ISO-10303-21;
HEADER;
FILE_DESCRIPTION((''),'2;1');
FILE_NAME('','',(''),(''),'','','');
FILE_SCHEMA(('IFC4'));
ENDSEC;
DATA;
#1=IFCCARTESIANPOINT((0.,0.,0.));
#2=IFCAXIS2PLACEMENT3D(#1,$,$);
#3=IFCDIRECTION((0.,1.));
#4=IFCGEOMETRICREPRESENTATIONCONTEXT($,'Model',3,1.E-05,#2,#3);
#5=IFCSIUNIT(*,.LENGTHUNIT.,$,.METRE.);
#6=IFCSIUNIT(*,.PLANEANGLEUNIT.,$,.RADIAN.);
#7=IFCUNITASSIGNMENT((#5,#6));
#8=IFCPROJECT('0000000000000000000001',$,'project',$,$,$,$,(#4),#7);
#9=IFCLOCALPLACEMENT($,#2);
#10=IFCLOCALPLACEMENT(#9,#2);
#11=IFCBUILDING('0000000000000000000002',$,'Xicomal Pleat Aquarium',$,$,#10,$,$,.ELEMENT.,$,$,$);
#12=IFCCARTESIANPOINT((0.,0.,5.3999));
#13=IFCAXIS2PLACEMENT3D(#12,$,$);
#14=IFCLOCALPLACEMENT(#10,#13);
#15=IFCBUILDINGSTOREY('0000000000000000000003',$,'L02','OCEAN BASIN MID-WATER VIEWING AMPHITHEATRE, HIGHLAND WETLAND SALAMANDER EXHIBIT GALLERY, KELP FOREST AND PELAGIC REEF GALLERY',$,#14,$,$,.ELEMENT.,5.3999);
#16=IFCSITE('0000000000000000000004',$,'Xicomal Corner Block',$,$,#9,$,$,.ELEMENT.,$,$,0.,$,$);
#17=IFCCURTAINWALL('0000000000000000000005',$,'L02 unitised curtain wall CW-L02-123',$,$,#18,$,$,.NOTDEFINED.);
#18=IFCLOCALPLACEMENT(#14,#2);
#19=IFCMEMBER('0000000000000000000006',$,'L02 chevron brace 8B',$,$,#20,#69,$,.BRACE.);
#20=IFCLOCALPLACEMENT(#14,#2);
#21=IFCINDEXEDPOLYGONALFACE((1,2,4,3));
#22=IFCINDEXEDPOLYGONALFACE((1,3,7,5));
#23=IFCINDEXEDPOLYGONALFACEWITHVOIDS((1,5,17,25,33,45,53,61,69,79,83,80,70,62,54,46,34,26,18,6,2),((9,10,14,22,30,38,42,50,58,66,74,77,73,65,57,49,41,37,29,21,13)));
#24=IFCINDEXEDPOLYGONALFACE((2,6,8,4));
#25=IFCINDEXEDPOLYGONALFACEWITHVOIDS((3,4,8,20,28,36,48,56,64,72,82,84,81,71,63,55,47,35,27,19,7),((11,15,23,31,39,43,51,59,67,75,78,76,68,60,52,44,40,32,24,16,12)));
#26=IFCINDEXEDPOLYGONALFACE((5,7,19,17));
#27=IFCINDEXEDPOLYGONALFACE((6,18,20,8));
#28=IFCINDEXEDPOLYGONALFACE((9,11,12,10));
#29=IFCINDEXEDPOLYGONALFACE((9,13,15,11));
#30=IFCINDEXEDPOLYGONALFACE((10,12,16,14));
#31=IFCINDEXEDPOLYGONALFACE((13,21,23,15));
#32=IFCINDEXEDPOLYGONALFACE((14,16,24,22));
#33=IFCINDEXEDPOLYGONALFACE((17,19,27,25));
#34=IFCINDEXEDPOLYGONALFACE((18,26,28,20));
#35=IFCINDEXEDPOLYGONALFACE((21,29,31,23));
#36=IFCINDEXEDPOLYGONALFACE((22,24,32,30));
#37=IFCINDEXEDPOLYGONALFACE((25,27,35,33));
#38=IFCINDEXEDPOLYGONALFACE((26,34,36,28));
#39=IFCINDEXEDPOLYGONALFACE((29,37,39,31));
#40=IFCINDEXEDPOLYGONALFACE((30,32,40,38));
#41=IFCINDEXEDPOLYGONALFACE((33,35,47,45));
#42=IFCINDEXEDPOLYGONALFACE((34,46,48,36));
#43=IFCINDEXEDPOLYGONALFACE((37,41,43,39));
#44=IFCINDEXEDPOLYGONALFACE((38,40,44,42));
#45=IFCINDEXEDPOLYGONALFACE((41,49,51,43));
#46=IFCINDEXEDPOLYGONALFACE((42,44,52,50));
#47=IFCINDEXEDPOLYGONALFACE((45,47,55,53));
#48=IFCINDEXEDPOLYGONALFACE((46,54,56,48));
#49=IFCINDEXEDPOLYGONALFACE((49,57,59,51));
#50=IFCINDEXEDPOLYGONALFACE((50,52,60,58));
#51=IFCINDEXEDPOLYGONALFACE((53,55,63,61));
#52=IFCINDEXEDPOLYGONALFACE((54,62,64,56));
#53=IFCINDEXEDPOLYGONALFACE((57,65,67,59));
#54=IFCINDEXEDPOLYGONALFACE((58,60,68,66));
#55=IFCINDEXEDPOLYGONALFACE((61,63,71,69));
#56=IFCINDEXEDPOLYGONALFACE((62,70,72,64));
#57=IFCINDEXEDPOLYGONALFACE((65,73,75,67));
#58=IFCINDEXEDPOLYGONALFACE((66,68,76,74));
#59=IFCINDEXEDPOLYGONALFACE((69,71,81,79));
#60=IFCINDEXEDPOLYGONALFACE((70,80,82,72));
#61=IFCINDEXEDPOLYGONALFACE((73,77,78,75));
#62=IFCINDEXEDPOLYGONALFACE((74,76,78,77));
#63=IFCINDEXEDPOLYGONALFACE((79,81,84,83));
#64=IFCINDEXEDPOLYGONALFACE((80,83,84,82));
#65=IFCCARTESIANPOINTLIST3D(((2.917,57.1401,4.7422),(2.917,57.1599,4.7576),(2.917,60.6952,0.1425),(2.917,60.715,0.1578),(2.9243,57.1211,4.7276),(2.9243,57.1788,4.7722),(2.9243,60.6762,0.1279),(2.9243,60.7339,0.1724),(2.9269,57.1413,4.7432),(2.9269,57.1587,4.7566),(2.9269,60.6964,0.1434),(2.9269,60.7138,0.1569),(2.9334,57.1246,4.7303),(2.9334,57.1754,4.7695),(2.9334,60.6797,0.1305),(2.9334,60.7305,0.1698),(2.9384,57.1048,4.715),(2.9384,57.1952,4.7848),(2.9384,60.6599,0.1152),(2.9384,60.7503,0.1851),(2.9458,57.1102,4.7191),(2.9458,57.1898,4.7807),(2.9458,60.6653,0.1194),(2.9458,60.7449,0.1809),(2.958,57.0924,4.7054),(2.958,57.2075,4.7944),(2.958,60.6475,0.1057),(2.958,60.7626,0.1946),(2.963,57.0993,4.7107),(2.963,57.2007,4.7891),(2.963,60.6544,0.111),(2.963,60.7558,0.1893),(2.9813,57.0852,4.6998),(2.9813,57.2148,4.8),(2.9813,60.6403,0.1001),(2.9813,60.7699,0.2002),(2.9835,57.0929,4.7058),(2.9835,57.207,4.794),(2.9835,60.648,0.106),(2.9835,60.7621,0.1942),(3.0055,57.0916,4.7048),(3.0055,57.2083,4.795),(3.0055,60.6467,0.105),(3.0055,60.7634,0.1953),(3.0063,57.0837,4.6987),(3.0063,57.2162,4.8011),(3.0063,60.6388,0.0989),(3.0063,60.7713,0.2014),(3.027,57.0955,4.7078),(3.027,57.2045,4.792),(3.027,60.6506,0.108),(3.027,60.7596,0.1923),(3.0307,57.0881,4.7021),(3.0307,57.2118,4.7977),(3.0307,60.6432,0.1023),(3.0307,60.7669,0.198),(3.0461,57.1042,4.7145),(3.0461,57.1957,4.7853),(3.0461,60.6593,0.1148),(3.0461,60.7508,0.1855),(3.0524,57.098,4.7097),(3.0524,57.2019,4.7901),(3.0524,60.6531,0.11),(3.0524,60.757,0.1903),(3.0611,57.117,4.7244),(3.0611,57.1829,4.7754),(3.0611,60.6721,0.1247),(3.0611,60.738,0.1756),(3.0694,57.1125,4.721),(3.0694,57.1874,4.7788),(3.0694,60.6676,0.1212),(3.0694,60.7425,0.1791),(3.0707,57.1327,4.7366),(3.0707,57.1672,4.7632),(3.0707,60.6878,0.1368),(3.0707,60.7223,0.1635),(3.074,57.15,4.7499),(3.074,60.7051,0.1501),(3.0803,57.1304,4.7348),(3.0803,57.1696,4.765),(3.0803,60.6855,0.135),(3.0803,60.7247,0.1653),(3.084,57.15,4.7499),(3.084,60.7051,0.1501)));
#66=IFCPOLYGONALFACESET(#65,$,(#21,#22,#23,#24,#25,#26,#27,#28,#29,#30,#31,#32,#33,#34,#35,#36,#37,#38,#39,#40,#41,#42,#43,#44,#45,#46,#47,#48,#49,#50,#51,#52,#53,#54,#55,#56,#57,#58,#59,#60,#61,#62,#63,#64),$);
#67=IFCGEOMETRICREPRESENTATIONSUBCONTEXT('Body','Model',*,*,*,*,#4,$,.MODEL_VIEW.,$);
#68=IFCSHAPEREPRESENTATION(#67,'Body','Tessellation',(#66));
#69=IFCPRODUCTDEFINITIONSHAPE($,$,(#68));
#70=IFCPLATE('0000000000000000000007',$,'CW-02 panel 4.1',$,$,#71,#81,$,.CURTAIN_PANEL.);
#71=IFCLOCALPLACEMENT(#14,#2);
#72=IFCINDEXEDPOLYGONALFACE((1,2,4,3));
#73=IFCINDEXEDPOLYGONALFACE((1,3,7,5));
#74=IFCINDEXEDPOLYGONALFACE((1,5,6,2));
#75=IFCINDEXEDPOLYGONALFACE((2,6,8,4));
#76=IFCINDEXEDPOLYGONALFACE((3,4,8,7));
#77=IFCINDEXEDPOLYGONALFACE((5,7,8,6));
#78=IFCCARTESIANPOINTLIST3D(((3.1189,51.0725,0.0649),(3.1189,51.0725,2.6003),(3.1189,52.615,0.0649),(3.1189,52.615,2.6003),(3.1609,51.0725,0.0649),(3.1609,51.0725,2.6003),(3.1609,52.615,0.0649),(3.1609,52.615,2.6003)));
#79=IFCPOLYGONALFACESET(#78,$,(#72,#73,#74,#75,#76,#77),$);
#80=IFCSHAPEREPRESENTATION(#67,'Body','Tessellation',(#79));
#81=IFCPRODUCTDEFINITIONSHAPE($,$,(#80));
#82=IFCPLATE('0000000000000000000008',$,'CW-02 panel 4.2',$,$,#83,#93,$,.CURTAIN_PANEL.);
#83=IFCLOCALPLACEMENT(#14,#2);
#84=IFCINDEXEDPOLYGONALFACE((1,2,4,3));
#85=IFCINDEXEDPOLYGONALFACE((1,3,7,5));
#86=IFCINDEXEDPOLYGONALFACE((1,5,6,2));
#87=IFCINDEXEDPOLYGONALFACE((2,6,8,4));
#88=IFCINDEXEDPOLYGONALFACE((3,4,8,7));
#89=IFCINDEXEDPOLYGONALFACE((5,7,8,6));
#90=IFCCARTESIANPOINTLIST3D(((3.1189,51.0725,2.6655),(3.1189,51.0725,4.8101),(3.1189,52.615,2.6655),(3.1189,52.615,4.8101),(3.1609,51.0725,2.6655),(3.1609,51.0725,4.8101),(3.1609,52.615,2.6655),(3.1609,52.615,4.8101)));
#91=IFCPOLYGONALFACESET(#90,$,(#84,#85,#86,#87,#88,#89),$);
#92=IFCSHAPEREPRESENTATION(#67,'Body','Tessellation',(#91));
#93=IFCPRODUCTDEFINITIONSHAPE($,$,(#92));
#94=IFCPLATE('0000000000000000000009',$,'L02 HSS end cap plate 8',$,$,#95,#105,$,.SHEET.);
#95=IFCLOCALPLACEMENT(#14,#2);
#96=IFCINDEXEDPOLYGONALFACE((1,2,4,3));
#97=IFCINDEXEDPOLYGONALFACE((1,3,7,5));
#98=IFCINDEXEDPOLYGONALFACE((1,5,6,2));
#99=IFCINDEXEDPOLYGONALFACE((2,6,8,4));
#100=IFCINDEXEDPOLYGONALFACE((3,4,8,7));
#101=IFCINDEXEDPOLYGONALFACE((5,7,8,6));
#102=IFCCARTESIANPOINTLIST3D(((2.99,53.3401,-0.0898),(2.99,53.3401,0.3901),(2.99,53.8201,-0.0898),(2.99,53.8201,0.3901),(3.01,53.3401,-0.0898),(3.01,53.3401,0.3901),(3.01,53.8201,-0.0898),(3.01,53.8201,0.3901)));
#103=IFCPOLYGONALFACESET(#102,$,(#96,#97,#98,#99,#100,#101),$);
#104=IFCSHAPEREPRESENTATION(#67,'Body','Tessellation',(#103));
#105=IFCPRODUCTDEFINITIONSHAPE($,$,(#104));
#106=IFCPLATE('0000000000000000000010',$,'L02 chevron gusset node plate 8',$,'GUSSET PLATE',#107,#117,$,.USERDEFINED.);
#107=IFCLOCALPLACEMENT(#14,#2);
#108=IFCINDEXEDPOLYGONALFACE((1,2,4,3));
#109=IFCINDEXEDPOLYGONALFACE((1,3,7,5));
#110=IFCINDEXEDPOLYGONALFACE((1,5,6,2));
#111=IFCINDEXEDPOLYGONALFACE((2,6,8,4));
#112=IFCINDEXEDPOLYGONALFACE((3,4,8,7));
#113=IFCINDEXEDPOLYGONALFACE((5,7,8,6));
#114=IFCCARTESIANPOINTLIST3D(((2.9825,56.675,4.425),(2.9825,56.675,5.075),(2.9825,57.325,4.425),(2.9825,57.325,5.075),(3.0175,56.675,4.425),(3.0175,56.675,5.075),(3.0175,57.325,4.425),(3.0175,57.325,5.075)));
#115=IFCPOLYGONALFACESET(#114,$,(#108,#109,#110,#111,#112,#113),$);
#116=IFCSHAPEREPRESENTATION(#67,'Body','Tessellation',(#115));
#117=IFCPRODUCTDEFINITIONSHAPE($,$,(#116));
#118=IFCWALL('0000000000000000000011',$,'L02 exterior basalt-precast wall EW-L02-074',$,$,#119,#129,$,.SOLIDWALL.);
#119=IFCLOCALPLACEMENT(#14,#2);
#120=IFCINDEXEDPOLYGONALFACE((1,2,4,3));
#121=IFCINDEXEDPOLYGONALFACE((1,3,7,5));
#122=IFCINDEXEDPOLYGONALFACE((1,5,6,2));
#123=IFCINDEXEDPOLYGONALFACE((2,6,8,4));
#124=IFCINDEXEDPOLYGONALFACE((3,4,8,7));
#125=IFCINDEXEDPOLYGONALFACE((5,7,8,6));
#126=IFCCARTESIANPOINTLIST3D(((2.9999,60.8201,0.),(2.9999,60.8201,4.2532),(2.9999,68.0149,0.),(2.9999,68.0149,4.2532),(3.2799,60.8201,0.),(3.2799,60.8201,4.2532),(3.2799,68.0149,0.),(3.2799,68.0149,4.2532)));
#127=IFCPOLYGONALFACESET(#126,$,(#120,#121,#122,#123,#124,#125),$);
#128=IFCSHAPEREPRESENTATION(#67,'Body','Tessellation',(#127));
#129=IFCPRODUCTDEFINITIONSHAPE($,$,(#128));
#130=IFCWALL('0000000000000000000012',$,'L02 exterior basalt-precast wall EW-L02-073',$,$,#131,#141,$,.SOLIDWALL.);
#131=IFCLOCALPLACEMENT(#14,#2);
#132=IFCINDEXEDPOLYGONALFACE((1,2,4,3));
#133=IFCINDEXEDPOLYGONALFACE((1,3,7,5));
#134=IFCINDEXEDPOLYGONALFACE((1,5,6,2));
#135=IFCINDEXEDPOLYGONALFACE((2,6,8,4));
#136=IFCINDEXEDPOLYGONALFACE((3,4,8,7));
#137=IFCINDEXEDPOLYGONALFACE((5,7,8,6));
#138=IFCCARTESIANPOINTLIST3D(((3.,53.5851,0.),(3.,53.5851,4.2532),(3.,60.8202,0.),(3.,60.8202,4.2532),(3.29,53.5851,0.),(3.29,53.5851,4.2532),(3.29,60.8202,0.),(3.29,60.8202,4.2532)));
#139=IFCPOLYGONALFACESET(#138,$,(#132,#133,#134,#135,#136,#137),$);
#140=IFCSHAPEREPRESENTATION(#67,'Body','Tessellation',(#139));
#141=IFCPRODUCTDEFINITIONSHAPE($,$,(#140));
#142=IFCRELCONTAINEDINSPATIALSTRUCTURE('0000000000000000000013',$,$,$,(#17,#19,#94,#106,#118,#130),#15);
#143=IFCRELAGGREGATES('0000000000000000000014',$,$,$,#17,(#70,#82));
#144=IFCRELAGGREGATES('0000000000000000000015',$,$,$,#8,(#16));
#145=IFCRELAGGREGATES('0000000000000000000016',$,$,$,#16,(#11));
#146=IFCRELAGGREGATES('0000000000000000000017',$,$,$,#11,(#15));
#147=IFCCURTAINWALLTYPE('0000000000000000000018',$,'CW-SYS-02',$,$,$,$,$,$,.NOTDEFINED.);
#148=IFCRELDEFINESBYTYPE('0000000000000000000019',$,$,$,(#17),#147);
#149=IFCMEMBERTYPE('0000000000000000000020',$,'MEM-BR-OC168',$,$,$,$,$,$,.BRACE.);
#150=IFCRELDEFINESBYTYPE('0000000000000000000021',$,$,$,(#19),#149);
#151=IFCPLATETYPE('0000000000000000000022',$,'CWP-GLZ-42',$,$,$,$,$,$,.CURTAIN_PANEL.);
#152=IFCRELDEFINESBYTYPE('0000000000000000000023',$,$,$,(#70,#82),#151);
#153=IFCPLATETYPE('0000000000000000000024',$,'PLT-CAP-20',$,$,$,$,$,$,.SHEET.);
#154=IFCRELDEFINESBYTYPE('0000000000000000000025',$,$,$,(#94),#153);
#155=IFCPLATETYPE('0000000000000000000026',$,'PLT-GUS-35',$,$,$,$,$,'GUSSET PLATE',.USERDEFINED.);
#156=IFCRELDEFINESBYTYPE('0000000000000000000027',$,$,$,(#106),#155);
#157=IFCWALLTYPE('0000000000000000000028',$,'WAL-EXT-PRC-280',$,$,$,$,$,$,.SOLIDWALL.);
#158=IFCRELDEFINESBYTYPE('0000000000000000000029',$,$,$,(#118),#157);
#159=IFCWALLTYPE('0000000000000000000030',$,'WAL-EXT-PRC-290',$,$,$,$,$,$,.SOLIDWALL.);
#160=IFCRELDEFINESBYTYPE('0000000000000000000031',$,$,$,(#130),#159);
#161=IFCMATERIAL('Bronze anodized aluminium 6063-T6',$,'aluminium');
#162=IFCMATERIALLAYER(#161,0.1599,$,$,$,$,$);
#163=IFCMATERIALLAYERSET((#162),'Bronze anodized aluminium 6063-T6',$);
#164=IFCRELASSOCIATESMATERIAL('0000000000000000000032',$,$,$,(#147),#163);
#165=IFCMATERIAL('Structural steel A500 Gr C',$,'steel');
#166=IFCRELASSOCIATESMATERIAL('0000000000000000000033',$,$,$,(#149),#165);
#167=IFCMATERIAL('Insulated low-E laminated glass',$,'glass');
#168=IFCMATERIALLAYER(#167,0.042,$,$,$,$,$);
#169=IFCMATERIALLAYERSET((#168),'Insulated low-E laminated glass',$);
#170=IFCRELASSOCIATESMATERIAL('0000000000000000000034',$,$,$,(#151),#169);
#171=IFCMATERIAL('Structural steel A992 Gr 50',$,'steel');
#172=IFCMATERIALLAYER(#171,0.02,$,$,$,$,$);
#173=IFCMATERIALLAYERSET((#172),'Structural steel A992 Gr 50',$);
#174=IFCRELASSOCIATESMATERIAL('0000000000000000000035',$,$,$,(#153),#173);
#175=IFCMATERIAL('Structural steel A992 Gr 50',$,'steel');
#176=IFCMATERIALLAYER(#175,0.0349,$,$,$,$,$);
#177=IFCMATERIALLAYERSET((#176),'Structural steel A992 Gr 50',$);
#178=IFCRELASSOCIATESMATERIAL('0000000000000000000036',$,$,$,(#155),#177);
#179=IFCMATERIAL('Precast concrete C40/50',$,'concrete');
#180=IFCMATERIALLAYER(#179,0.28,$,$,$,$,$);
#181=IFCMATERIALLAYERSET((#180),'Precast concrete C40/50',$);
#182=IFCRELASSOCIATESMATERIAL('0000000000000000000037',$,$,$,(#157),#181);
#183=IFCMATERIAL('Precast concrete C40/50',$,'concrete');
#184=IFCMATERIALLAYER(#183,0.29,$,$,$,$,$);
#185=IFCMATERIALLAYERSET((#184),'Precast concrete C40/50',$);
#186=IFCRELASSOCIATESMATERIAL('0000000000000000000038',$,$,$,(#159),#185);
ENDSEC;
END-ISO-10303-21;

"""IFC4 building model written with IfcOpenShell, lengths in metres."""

from ifc_helpers import new_model, si_unit, direction, frame, frame_2d, origin, origin_2d, place, context, subcontext, project, spatial, rectangle, hollow_circle, extrude, material, layer, layer_set, material_profile, profile_set, type_object, element, aggregate, save


model = new_model("IFC4")

# Units and contexts
model_context = context("Model", 3, precision=1e-05, world=origin(), true_north=direction((0.0, 1.0)))
body_context = subcontext(model_context, "Body", "Model", "MODEL_VIEW")
ifc_project = project(units=[si_unit("LENGTHUNIT", "METRE"), si_unit("PLANEANGLEUNIT", "RADIAN")], contexts=[model_context])

# Site, building, storey
site_placement = place(None, origin())
site = spatial("IfcSite", under=ifc_project, at=site_placement, Name="Xicomal Corner Block", CompositionType="ELEMENT", RefElevation=0.0)
building_placement = place(site_placement, origin())
building = spatial("IfcBuilding", under=site, at=building_placement, Name="Xicomal Pleat Aquarium", CompositionType="ELEMENT")
storey_placement = place(building_placement, frame((0.0, 0.0, 5.3999)))
storey = spatial("IfcBuildingStorey", under=building, at=storey_placement, Name="L02", Description="OCEAN BASIN MID-WATER VIEWING AMPHITHEATRE, HIGHLAND WETLAND SALAMANDER EXHIBIT GALLERY, KELP FOREST AND PELAGIC REEF GALLERY", CompositionType="ELEMENT", Elevation=5.3999)

# Curtain wall
ifc_material_1 = material(Name="Bronze anodized aluminium 6063-T6", Category="aluminium")
ifc_layer_1 = layer(ifc_material_1, 0.1599)
ifc_layer_set_1 = layer_set([ifc_layer_1], Name="Bronze anodized aluminium 6063-T6")
curtain_wall_type = type_object("IfcCurtainWallType", Name="CW-SYS-02", PredefinedType="NOTDEFINED", material=ifc_layer_set_1)
curtain_wall_placement = place(storey_placement, origin())
curtain_wall = element("IfcCurtainWall", 1, at=curtain_wall_placement, inside=storey, type_object=curtain_wall_type, Name="L02 unitised curtain wall CW-L02-123", PredefinedType="NOTDEFINED")

# Member
ifc_material_2 = material(Name="Structural steel A500 Gr C", Category="steel")
ifc_material_profile_1 = material_profile(ifc_material_2, hollow_circle(Radius=0.084, WallThickness=0.01, at=origin_2d()), Name="OC 168x10")
ifc_profile_set_1 = profile_set([ifc_material_profile_1], Name="Structural steel A500 Gr C")
member_type_1 = type_object("IfcMemberType", Name="MEM-BR-OC168", PredefinedType="BRACE", material=ifc_profile_set_1)
member_1_placement = place(storey_placement, frame((3.0, 60.7051, 0.1501), z_axis=(0.0, -0.611528, 0.791223), x_axis=(1.0, 0.0, 0.0)))
element("IfcMember", 2, at=member_1_placement, inside=storey, type_object=member_type_1, Name="L02 chevron brace 8B", PredefinedType="BRACE", context=body_context, shape_type="SweptSolid", body=[
    extrude(hollow_circle(Radius=0.084, WallThickness=0.01, at=origin_2d()), origin(), (0.0, 0.0, 1.0), 5.8135),
])

# Plates
ifc_material_3 = material(Name="Insulated low-E laminated glass", Category="glass")
ifc_layer_2 = layer(ifc_material_3, 0.042)
ifc_layer_set_2 = layer_set([ifc_layer_2], Name="Insulated low-E laminated glass")
plate_type_1 = type_object("IfcPlateType", Name="CWP-GLZ-42", PredefinedType="CURTAIN_PANEL", material=ifc_layer_set_2)
plate_1_placement = place(storey_placement, frame((3.1399, 51.8438, 0.0649), z_axis=(0.0, 0.0, 1.0), x_axis=(0.0, 1.0, 0.0)))
plate_1 = element("IfcPlate", 3, at=plate_1_placement, type_object=plate_type_1, Name="CW-02 panel 4.1", PredefinedType="CURTAIN_PANEL", context=body_context, shape_type="SweptSolid", body=[
    extrude(rectangle(XDim=1.5425, YDim=0.042, at=origin_2d()), origin(), (0.0, 0.0, 1.0), 2.5354),
])
plate_2_placement = place(storey_placement, frame((3.1399, 51.8438, 2.6655), z_axis=(0.0, 0.0, 1.0), x_axis=(0.0, 1.0, 0.0)))
plate_2 = element("IfcPlate", 4, at=plate_2_placement, type_object=plate_type_1, Name="CW-02 panel 4.2", PredefinedType="CURTAIN_PANEL", context=body_context, shape_type="SweptSolid", body=[
    extrude(rectangle(XDim=1.5425, YDim=0.042, at=origin_2d()), origin(), (0.0, 0.0, 1.0), 2.1445),
])
aggregate(curtain_wall, [plate_1, plate_2])

# Plates
ifc_material_4 = material(Name="Structural steel A992 Gr 50", Category="steel")
ifc_layer_3 = layer(ifc_material_4, 0.02)
ifc_layer_set_3 = layer_set([ifc_layer_3], Name="Structural steel A992 Gr 50")
plate_type_2 = type_object("IfcPlateType", Name="PLT-CAP-20", PredefinedType="SHEET", material=ifc_layer_set_3)
plate_3_placement = place(storey_placement, frame((3.0, 53.5801, -0.0898), z_axis=(0.0, 0.0, 1.0), x_axis=(0.0, 1.0, 0.0)))
element("IfcPlate", 5, at=plate_3_placement, inside=storey, type_object=plate_type_2, Name="L02 HSS end cap plate 8", PredefinedType="SHEET", context=body_context, shape_type="SweptSolid", body=[
    extrude(rectangle(XDim=0.48, YDim=0.02, at=origin_2d()), origin(), (0.0, 0.0, 1.0), 0.48),
])
ifc_material_5 = material(Name="Structural steel A992 Gr 50", Category="steel")
ifc_layer_4 = layer(ifc_material_5, 0.0349)
ifc_layer_set_4 = layer_set([ifc_layer_4], Name="Structural steel A992 Gr 50")
plate_type_3 = type_object("IfcPlateType", Name="PLT-GUS-35", ElementType="GUSSET PLATE", PredefinedType="USERDEFINED", material=ifc_layer_set_4)
plate_4_placement = place(storey_placement, frame((3.0, 57.0, 4.425), z_axis=(0.0, 0.0, 1.0), x_axis=(0.0, 1.0, 0.0)))
element("IfcPlate", 6, at=plate_4_placement, inside=storey, type_object=plate_type_3, Name="L02 chevron gusset node plate 8", ObjectType="GUSSET PLATE", PredefinedType="USERDEFINED", context=body_context, shape_type="SweptSolid", body=[
    extrude(rectangle(XDim=0.6499, YDim=0.0349, at=origin_2d()), origin(), (0.0, 0.0, 1.0), 0.6499),
])

# Walls
ifc_material_6 = material(Name="Precast concrete C40/50", Category="concrete")
ifc_layer_5 = layer(ifc_material_6, 0.28)
ifc_layer_set_5 = layer_set([ifc_layer_5], Name="Precast concrete C40/50")
wall_type_1 = type_object("IfcWallType", Name="WAL-EXT-PRC-280", PredefinedType="SOLIDWALL", material=ifc_layer_set_5)
wall_1_placement = place(storey_placement, frame((3.1399, 60.8201, 0.0), z_axis=(0.0, 0.0, 1.0), x_axis=(0.0, 1.0, 0.0)))
element("IfcWall", 7, at=wall_1_placement, inside=storey, type_object=wall_type_1, Name="L02 exterior basalt-precast wall EW-L02-074", PredefinedType="SOLIDWALL", context=body_context, shape_type="SweptSolid", body=[
    extrude(rectangle(XDim=7.1948, YDim=0.28, at=frame_2d((3.5974, 0.0))), origin(), (0.0, 0.0, 1.0), 4.2532),
])
ifc_material_7 = material(Name="Precast concrete C40/50", Category="concrete")
ifc_layer_6 = layer(ifc_material_7, 0.29)
ifc_layer_set_6 = layer_set([ifc_layer_6], Name="Precast concrete C40/50")
wall_type_2 = type_object("IfcWallType", Name="WAL-EXT-PRC-290", PredefinedType="SOLIDWALL", material=ifc_layer_set_6)
wall_2_placement = place(storey_placement, frame((3.145, 53.585, 0.0), z_axis=(0.0, 0.0, 1.0), x_axis=(0.0, 1.0, 0.0)))
element("IfcWall", 8, at=wall_2_placement, inside=storey, type_object=wall_type_2, Name="L02 exterior basalt-precast wall EW-L02-073", PredefinedType="SOLIDWALL", context=body_context, shape_type="SweptSolid", body=[
    extrude(rectangle(XDim=7.2351, YDim=0.29, at=frame_2d((3.6177, 0.0))), origin(), (0.0, 0.0, 1.0), 4.2532),
])

save(model, "model.ifc")
